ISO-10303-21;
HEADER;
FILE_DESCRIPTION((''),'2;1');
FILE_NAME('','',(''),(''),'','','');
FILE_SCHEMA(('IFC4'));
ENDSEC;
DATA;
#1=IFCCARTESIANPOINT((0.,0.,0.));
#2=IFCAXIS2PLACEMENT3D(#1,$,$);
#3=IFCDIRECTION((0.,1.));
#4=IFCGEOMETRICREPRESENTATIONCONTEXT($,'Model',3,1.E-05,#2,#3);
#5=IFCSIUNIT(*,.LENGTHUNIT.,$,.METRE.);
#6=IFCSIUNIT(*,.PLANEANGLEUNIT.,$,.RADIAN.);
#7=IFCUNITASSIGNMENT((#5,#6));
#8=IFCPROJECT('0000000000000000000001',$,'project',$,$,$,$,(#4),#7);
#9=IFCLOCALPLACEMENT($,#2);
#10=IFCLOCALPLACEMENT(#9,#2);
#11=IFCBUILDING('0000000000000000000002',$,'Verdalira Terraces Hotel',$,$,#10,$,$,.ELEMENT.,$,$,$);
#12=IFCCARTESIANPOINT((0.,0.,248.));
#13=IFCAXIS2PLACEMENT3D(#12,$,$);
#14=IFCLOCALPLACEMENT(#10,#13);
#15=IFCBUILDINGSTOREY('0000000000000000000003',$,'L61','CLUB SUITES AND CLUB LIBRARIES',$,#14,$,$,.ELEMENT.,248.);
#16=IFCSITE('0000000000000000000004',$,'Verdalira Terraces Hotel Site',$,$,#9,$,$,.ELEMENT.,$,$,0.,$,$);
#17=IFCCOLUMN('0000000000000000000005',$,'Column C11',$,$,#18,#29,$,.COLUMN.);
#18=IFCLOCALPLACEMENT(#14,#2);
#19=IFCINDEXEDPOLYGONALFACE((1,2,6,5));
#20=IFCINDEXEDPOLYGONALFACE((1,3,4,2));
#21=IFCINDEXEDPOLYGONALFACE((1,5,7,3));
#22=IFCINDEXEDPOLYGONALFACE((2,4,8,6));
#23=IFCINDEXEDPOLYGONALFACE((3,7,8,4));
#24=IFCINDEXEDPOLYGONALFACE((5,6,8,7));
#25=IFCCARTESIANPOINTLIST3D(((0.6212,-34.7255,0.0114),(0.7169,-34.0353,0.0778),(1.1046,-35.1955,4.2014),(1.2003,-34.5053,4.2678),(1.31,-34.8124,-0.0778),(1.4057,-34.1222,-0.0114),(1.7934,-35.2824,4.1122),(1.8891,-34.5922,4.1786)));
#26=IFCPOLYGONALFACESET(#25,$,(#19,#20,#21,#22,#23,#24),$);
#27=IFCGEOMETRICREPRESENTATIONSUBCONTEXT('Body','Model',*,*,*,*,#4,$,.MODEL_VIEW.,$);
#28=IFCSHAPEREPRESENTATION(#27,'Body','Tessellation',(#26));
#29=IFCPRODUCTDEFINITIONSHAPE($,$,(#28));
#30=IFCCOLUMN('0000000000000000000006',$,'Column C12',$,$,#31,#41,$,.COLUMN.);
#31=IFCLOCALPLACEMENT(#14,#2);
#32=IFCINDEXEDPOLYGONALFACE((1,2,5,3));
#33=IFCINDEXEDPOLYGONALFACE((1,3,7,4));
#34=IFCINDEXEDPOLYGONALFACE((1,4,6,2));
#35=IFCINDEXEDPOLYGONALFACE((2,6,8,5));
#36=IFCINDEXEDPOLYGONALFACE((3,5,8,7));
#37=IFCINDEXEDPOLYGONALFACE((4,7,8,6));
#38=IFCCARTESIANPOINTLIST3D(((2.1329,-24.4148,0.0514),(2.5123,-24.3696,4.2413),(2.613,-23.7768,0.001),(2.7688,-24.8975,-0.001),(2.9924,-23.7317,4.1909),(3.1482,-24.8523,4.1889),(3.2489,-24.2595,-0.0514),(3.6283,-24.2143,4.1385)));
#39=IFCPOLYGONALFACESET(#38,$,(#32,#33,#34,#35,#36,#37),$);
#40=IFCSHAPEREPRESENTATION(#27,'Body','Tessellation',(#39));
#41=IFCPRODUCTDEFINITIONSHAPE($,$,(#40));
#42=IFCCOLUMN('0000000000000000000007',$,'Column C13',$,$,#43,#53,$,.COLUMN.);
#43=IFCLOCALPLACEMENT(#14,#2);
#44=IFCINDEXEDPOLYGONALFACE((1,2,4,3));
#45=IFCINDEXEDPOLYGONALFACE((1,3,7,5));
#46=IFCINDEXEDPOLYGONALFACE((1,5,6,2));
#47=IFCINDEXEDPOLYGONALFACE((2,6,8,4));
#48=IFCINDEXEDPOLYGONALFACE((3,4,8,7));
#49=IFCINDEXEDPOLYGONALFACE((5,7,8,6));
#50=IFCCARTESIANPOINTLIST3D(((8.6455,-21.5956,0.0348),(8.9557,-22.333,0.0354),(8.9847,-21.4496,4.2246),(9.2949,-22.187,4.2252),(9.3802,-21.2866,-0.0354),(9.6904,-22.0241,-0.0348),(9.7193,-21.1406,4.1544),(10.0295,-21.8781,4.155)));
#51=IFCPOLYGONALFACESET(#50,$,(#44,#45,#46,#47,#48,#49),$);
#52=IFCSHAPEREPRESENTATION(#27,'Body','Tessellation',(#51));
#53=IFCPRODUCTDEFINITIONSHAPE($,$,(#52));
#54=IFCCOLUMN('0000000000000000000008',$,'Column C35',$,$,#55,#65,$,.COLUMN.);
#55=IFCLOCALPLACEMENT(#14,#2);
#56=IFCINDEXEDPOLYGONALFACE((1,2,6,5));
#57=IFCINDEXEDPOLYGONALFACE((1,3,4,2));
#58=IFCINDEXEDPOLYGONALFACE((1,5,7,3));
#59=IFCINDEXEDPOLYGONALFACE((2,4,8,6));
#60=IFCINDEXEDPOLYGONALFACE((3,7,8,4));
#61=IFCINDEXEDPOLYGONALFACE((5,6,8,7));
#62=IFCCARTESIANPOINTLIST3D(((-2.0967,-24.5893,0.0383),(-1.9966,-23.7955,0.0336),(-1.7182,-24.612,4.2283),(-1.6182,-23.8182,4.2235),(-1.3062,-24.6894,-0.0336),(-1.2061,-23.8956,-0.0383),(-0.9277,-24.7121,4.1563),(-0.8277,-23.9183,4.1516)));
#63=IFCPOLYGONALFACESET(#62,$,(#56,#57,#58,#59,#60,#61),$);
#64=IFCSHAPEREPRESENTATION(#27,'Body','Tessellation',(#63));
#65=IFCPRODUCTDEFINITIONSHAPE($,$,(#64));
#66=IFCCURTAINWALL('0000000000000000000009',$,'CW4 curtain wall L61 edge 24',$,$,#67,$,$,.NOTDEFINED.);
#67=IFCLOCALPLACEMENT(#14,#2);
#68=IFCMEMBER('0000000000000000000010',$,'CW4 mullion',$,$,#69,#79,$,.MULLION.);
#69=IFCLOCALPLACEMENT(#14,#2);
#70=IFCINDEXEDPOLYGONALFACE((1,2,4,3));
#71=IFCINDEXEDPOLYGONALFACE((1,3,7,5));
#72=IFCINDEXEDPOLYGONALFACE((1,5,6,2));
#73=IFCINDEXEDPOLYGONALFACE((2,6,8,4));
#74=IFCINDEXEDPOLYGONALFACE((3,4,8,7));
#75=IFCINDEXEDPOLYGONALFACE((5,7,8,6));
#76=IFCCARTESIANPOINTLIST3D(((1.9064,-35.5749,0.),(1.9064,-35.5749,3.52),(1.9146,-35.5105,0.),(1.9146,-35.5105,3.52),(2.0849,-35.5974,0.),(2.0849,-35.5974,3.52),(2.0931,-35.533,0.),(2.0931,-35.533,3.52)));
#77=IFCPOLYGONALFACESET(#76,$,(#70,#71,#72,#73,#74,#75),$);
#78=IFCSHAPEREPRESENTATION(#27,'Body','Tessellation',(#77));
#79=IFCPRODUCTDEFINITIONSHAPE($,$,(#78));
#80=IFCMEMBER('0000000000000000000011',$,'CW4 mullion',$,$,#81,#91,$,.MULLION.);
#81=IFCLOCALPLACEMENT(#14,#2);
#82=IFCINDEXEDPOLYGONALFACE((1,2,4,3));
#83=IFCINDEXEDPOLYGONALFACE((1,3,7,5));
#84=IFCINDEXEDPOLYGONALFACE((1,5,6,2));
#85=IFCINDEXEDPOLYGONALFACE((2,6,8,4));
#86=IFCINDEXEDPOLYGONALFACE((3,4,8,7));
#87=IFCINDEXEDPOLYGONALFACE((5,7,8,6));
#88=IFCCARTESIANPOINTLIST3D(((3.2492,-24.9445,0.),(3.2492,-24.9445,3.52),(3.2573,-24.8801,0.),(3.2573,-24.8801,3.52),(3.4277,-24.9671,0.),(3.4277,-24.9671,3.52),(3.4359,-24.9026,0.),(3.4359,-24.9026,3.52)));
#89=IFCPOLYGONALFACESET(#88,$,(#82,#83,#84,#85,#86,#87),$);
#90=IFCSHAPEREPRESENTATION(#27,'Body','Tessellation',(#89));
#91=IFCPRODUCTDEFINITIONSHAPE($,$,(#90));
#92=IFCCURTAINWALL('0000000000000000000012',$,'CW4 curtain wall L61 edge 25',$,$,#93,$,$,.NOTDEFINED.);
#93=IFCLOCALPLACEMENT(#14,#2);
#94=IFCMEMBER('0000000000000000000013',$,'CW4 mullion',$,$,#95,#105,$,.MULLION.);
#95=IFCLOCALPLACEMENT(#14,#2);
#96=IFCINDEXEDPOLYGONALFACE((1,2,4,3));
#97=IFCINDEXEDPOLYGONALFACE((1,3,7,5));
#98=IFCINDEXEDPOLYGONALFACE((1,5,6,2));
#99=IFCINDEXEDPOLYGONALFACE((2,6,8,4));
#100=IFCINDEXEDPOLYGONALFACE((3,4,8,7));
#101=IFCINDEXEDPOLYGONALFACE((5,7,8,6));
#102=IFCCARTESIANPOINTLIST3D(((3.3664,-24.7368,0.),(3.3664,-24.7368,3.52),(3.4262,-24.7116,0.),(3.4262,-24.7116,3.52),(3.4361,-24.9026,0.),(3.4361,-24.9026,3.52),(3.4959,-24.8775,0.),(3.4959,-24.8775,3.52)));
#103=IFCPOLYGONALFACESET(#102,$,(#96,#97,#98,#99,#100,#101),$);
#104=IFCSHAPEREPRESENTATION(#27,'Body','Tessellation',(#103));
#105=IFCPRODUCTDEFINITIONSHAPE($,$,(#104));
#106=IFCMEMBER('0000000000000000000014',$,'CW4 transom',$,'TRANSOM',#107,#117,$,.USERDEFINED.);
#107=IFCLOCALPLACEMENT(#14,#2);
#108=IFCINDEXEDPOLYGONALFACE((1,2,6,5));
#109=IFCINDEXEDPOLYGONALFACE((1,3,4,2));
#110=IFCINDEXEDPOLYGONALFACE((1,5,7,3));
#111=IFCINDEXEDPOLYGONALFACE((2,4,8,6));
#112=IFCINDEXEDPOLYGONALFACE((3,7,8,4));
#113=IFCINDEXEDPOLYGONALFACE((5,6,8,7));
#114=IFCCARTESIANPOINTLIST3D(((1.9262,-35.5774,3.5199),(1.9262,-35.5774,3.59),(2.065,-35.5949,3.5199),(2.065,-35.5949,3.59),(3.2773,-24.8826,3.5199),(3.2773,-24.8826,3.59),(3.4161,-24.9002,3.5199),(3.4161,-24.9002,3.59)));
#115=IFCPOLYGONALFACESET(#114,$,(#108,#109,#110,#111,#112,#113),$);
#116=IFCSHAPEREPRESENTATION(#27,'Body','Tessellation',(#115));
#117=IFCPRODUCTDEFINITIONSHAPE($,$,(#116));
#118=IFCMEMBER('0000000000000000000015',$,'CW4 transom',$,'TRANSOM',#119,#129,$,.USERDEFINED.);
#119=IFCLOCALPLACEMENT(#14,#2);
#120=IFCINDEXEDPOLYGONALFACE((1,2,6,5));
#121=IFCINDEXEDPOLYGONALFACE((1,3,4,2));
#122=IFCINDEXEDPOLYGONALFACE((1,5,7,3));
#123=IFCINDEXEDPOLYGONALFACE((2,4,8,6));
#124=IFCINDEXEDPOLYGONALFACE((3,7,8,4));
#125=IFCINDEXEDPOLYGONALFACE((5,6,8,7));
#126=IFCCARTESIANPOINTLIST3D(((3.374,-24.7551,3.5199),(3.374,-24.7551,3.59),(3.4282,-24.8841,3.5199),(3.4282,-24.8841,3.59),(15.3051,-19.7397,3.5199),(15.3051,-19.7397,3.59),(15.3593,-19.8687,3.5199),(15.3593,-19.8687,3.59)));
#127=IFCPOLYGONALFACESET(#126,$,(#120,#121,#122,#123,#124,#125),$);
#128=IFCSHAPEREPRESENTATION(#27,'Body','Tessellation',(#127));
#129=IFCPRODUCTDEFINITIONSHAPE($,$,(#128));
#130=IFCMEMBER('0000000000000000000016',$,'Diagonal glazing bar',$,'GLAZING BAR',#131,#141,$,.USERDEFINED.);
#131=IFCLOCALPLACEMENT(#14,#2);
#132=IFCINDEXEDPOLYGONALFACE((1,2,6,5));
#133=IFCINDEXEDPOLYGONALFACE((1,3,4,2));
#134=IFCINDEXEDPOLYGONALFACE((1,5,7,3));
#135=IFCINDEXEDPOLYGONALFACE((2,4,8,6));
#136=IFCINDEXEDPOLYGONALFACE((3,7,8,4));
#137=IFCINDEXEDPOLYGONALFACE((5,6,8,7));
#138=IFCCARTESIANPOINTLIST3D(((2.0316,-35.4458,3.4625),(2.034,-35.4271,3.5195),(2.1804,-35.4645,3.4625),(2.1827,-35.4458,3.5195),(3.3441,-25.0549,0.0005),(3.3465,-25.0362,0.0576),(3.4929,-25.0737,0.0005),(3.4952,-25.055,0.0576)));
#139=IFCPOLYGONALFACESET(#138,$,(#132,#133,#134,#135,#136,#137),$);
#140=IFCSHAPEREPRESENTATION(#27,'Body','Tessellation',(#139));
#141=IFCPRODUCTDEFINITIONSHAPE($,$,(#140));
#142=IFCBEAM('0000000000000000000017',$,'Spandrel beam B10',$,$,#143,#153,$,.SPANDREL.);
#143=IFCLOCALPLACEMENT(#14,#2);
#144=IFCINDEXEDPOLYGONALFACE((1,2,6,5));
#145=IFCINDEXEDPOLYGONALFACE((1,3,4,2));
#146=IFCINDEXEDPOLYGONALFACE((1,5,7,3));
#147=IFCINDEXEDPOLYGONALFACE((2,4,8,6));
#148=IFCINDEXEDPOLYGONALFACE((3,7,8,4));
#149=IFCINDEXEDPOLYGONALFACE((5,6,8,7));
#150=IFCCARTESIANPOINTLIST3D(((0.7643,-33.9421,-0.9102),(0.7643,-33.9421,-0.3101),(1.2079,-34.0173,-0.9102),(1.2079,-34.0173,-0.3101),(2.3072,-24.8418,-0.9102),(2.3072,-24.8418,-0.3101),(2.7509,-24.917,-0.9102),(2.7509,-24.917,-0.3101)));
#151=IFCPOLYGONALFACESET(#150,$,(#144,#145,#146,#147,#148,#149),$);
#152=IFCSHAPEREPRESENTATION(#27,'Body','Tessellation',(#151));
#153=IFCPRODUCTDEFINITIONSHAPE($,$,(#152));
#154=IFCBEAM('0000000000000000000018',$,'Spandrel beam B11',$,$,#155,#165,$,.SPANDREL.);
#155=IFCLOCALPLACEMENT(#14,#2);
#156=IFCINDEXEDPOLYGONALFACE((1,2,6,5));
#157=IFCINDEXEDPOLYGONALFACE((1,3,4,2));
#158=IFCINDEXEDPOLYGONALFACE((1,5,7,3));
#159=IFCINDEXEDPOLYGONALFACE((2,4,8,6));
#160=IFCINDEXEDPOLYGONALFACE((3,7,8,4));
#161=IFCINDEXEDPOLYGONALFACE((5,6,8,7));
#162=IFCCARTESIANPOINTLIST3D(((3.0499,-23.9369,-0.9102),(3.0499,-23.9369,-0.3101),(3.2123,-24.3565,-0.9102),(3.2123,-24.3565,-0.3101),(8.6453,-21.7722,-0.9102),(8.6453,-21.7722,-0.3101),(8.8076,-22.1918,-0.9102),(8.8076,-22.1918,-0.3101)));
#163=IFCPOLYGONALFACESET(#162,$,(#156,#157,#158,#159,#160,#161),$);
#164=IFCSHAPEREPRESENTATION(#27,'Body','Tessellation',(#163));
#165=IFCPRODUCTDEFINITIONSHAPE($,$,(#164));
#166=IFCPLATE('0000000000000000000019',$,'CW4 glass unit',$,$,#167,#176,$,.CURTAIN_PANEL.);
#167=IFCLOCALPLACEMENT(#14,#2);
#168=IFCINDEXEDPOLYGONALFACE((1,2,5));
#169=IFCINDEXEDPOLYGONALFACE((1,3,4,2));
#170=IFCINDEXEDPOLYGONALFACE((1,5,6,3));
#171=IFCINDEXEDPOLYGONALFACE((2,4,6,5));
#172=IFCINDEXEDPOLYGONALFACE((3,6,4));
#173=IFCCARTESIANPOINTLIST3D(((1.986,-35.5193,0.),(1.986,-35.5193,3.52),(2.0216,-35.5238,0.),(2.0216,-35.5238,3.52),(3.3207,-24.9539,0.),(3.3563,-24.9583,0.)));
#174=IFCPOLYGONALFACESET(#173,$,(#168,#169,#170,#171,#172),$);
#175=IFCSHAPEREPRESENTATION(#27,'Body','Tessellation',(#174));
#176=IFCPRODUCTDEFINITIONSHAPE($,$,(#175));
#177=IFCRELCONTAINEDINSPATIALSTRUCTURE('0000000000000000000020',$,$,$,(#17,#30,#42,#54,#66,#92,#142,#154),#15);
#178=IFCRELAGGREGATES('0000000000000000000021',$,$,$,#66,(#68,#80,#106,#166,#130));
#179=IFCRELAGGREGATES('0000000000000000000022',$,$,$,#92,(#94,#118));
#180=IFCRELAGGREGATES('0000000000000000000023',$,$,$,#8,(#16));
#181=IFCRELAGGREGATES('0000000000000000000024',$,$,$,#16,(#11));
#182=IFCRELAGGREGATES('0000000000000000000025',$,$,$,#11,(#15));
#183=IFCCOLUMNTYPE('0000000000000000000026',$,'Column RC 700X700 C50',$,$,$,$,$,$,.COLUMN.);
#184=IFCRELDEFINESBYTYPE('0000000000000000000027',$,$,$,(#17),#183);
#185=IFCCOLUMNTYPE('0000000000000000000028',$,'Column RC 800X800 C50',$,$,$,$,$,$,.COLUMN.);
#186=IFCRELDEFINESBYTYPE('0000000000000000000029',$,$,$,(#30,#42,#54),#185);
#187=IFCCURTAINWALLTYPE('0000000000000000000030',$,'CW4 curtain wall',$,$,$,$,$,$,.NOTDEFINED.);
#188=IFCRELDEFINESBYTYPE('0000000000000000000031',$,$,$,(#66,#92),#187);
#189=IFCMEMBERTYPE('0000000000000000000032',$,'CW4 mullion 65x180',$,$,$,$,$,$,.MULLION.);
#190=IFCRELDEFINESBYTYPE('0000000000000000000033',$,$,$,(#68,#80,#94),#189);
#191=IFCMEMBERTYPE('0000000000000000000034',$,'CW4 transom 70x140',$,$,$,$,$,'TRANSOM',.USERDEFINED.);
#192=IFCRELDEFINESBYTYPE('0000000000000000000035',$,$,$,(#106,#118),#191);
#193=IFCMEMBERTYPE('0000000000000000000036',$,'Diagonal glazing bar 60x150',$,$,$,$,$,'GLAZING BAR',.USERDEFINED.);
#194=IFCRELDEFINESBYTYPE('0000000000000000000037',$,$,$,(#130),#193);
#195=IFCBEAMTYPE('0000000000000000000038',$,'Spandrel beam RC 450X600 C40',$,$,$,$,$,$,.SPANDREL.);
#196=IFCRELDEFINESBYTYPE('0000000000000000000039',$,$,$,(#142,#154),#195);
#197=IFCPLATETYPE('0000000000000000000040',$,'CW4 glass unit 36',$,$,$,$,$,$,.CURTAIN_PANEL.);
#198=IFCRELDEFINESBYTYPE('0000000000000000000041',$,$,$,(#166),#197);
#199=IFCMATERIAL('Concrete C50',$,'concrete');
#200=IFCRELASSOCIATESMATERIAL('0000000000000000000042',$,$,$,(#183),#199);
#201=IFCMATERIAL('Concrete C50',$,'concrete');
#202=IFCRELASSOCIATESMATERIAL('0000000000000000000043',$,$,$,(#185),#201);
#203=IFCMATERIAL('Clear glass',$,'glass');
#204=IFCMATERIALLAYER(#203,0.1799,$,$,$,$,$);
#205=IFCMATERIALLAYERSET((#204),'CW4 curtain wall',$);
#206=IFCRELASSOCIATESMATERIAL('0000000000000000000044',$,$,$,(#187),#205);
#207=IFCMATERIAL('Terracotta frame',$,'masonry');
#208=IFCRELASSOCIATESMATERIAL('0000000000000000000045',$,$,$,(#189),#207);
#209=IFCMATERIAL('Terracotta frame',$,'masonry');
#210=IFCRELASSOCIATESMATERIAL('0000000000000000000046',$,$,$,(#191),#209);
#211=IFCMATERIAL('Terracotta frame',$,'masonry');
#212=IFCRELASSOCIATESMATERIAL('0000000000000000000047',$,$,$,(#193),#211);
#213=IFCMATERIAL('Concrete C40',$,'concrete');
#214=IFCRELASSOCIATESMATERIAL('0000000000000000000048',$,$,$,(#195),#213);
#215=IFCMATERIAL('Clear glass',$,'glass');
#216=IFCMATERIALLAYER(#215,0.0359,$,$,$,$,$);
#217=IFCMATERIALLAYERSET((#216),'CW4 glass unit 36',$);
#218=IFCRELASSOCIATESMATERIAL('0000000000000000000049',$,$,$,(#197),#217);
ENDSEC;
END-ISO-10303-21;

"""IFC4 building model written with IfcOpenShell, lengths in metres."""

from ifc_helpers import new_model, si_unit, direction, frame, origin, origin_2d, place, context, subcontext, project, spatial, polyline, rectangle, outline, extrude, material, layer, layer_set, material_profile, profile_set, type_object, element, aggregate, save


model = new_model("IFC4")

# Units and contexts
model_context = context("Model", 3, precision=1e-05, world=origin(), true_north=direction((0.0, 1.0)))
body_context = subcontext(model_context, "Body", "Model", "MODEL_VIEW")
ifc_project = project(units=[si_unit("LENGTHUNIT", "METRE"), si_unit("PLANEANGLEUNIT", "RADIAN")], contexts=[model_context])

# Site, building, storey
site_placement = place(None, origin())
site = spatial("IfcSite", under=ifc_project, at=site_placement, Name="Verdalira Terraces Hotel Site", CompositionType="ELEMENT", RefElevation=0.0)
building_placement = place(site_placement, origin())
building = spatial("IfcBuilding", under=site, at=building_placement, Name="Verdalira Terraces Hotel", CompositionType="ELEMENT")
storey_placement = place(building_placement, frame((0.0, 0.0, 248.0)))
storey = spatial("IfcBuildingStorey", under=building, at=storey_placement, Name="L61", Description="CLUB SUITES AND CLUB LIBRARIES", CompositionType="ELEMENT", Elevation=248.0)

# Columns
ifc_material_1 = material(Name="Concrete C50", Category="concrete")
ifc_material_profile_1 = material_profile(ifc_material_1, rectangle(XDim=0.7, YDim=0.7, at=origin_2d()), Name="RC 700X700")
ifc_profile_set_1 = profile_set([ifc_material_profile_1], Name="Concrete C50")
column_type_1 = type_object("IfcColumnType", Name="Column RC 700X700 C50", PredefinedType="COLUMN", material=ifc_profile_set_1)
column_1_placement = place(storey_placement, frame((1.0134, -34.4238, 0.0), z_axis=(0.113906, -0.110742, 0.9873), x_axis=(0.13669, 0.986064, 0.094833)))
element("IfcColumn", 1, at=column_1_placement, inside=storey, type_object=column_type_1, Name="Column C11", PredefinedType="COLUMN", context=body_context, shape_type="SweptSolid", body=[
    extrude(rectangle(XDim=0.7, YDim=0.7, at=origin_2d()), origin(), (0.0, 0.0, 1.0), 4.2439),
])
ifc_material_2 = material(Name="Concrete C50", Category="concrete")
ifc_material_profile_2 = material_profile(ifc_material_2, rectangle(XDim=0.8, YDim=0.8, at=origin_2d()), Name="RC 800X800")
ifc_profile_set_2 = profile_set([ifc_material_profile_2], Name="Concrete C50")
column_type_2 = type_object("IfcColumnType", Name="Column RC 800X800 C50", PredefinedType="COLUMN", material=ifc_profile_set_2)
column_2_placement = place(storey_placement, frame((2.6909, -24.3372, 0.0), z_axis=(0.090175, 0.010735, 0.995868), x_axis=(-0.600116, -0.797434, 0.062936)))
element("IfcColumn", 2, at=column_2_placement, inside=storey, type_object=column_type_2, Name="Column C12", PredefinedType="COLUMN", context=body_context, shape_type="SweptSolid", body=[
    extrude(rectangle(XDim=0.8, YDim=0.8, at=origin_2d()), origin(), (0.0, 0.0, 1.0), 4.2073),
])
column_3_placement = place(storey_placement, frame((9.168, -21.8098, 0.0), z_axis=(0.080622, 0.03471, 0.99614), x_axis=(0.918242, 0.38617, -0.087773)))
element("IfcColumn", 3, at=column_3_placement, inside=storey, type_object=column_type_2, Name="Column C13", PredefinedType="COLUMN", context=body_context, shape_type="SweptSolid", body=[
    extrude(rectangle(XDim=0.8, YDim=0.8, at=origin_2d()), origin(), (0.0, 0.0, 1.0), 4.2061),
])
column_4_placement = place(storey_placement, frame((-1.6514, -24.2424, 0.0), z_axis=(0.089948, -0.005397, 0.995932), x_axis=(-0.125089, -0.992128, 0.005921)))
element("IfcColumn", 4, at=column_4_placement, inside=storey, type_object=column_type_2, Name="Column C35", PredefinedType="COLUMN", context=body_context, shape_type="SweptSolid", body=[
    extrude(rectangle(XDim=0.8, YDim=0.8, at=origin_2d()), origin(), (0.0, 0.0, 1.0), 4.207),
])

# Curtain wall, members
ifc_material_3 = material(Name="Clear glass", Category="glass")
ifc_layer_1 = layer(ifc_material_3, 0.1799)
ifc_layer_set_1 = layer_set([ifc_layer_1], Name="CW4 curtain wall")
curtain_wall_type = type_object("IfcCurtainWallType", Name="CW4 curtain wall", PredefinedType="NOTDEFINED", material=ifc_layer_set_1)
curtain_wall_1_placement = place(storey_placement, origin())
curtain_wall_1 = element("IfcCurtainWall", 5, at=curtain_wall_1_placement, inside=storey, type_object=curtain_wall_type, Name="CW4 curtain wall L61 edge 24", PredefinedType="NOTDEFINED")
ifc_material_4 = material(Name="Terracotta frame", Category="masonry")
ifc_material_profile_3 = material_profile(ifc_material_4, rectangle(XDim=0.0649, YDim=0.1799, at=origin_2d()), Name="MU 65x180")
ifc_profile_set_3 = profile_set([ifc_material_profile_3], Name="Terracotta frame")
member_type_1 = type_object("IfcMemberType", Name="CW4 mullion 65x180", PredefinedType="MULLION", material=ifc_profile_set_3)
member_1_placement = place(storey_placement, frame((1.9998, -35.554, 0.0), z_axis=(0.0, 0.0, 1.0), x_axis=(0.125333, 0.992115, 0.0)))
member_1 = element("IfcMember", 6, at=member_1_placement, type_object=member_type_1, Name="CW4 mullion", PredefinedType="MULLION", context=body_context, shape_type="SweptSolid", body=[
    extrude(rectangle(XDim=0.0649, YDim=0.1799, at=origin_2d()), origin(), (0.0, 0.0, 1.0), 3.52),
])
member_2_placement = place(storey_placement, frame((3.3425, -24.9236, 0.0), z_axis=(0.0, 0.0, 1.0), x_axis=(0.125333, 0.992115, 0.0)))
member_2 = element("IfcMember", 7, at=member_2_placement, type_object=member_type_1, Name="CW4 mullion", PredefinedType="MULLION", context=body_context, shape_type="SweptSolid", body=[
    extrude(rectangle(XDim=0.0649, YDim=0.1799, at=origin_2d()), origin(), (0.0, 0.0, 1.0), 3.52),
])

# Curtain wall, member
curtain_wall_2_placement = place(storey_placement, origin())
curtain_wall_2 = element("IfcCurtainWall", 8, at=curtain_wall_2_placement, inside=storey, type_object=curtain_wall_type, Name="CW4 curtain wall L61 edge 25", PredefinedType="NOTDEFINED")
member_3_placement = place(storey_placement, frame((3.4312, -24.8071, 0.0), z_axis=(0.0, 0.0, 1.0), x_axis=(0.921863, 0.387516, 0.0)))
member_3 = element("IfcMember", 9, at=member_3_placement, type_object=member_type_1, Name="CW4 mullion", PredefinedType="MULLION", context=body_context, shape_type="SweptSolid", body=[
    extrude(rectangle(XDim=0.0649, YDim=0.1799, at=origin_2d()), origin(), (0.0, 0.0, 1.0), 3.52),
])

# Members
ifc_material_5 = material(Name="Terracotta frame", Category="masonry")
ifc_material_profile_4 = material_profile(ifc_material_5, rectangle(XDim=0.1399, YDim=0.0701, at=origin_2d()), Name="TR 70x140")
ifc_profile_set_4 = profile_set([ifc_material_profile_4], Name="Terracotta frame")
member_type_2 = type_object("IfcMemberType", Name="CW4 transom 70x140", ElementType="TRANSOM", PredefinedType="USERDEFINED", material=ifc_profile_set_4)
member_4_placement = place(storey_placement, frame((1.9956, -35.5862, 3.5549), z_axis=(0.125334, 0.992115, 0.0), x_axis=(-0.992115, 0.125334, 0.0)))
member_4 = element("IfcMember", 10, at=member_4_placement, type_object=member_type_2, Name="CW4 transom", ObjectType="TRANSOM", PredefinedType="USERDEFINED", context=body_context, shape_type="SweptSolid", body=[
    extrude(rectangle(XDim=0.1399, YDim=0.0701, at=origin_2d()), origin(), (0.0, 0.0, 1.0), 10.7798),
])
member_5_placement = place(storey_placement, frame((3.4011, -24.8196, 3.5549), z_axis=(0.921864, 0.387515, 0.0), x_axis=(-0.387515, 0.921864, 0.0)))
member_5 = element("IfcMember", 11, at=member_5_placement, type_object=member_type_2, Name="CW4 transom", ObjectType="TRANSOM", PredefinedType="USERDEFINED", context=body_context, shape_type="SweptSolid", body=[
    extrude(rectangle(XDim=0.1399, YDim=0.0701, at=origin_2d()), origin(), (0.0, 0.0, 1.0), 12.9424),
])
ifc_material_6 = material(Name="Terracotta frame", Category="masonry")
ifc_material_profile_5 = material_profile(ifc_material_6, rectangle(XDim=0.1499, YDim=0.0601, at=origin_2d()), Name="GB 60x150")
ifc_profile_set_5 = profile_set([ifc_material_profile_5], Name="Terracotta frame")
member_type_3 = type_object("IfcMemberType", Name="Diagonal glazing bar 60x150", ElementType="GLAZING BAR", PredefinedType="USERDEFINED", material=ifc_profile_set_5)
member_6_placement = place(storey_placement, frame((2.1072, -35.4458, 3.491), z_axis=(0.118985, 0.94199, -0.313842), x_axis=(-0.992117, 0.125317, 0.0)))
member_6 = element("IfcMember", 12, at=member_6_placement, type_object=member_type_3, Name="Diagonal glazing bar", ObjectType="GLAZING BAR", PredefinedType="USERDEFINED", context=body_context, shape_type="SweptSolid", body=[
    extrude(rectangle(XDim=0.1499, YDim=0.0601, at=origin_2d()), origin(), (0.0, 0.0, 1.0), 11.0308),
])

# Beams
ifc_material_7 = material(Name="Concrete C40", Category="concrete")
ifc_material_profile_6 = material_profile(ifc_material_7, rectangle(XDim=0.45, YDim=0.6001, at=origin_2d()), Name="RC 450X600")
ifc_profile_set_6 = profile_set([ifc_material_profile_6], Name="Concrete C40")
beam_type = type_object("IfcBeamType", Name="Spandrel beam RC 450X600 C40", PredefinedType="SPANDREL", material=ifc_profile_set_6)
beam_1_placement = place(storey_placement, frame((0.9861, -33.9797, -0.6101), z_axis=(0.167165, 0.985929, 0.0), x_axis=(-0.985929, 0.167165, 0.0)))
element("IfcBeam", 13, at=beam_1_placement, inside=storey, type_object=beam_type, Name="Spandrel beam B10", PredefinedType="SPANDREL", context=body_context, shape_type="SweptSolid", body=[
    extrude(rectangle(XDim=0.45, YDim=0.6001, at=origin_2d()), origin(), (0.0, 0.0, 1.0), 9.2302),
])
beam_2_placement = place(storey_placement, frame((3.1311, -24.1467, -0.6101), z_axis=(0.932635, 0.360822, 0.0), x_axis=(-0.360822, 0.932635, 0.0)))
element("IfcBeam", 14, at=beam_2_placement, inside=storey, type_object=beam_type, Name="Spandrel beam B11", PredefinedType="SPANDREL", context=body_context, shape_type="SweptSolid", body=[
    extrude(rectangle(XDim=0.45, YDim=0.6001, at=origin_2d()), origin(), (0.0, 0.0, 1.0), 5.9995),
])

# Plate
ifc_material_8 = material(Name="Clear glass", Category="glass")
ifc_layer_2 = layer(ifc_material_8, 0.0359)
ifc_layer_set_2 = layer_set([ifc_layer_2], Name="CW4 glass unit 36")
plate_type = type_object("IfcPlateType", Name="CW4 glass unit 36", PredefinedType="CURTAIN_PANEL", material=ifc_layer_set_2)
plate_1_placement = place(storey_placement, frame((2.6533, -30.2366, 1.76), z_axis=(0.992115, -0.125333, 0.0), x_axis=(0.125333, 0.992115, 0.0)))
plate_1 = element("IfcPlate", 15, at=plate_1_placement, type_object=plate_type, Name="CW4 glass unit", PredefinedType="CURTAIN_PANEL", context=body_context, shape_type="SweptSolid", body=[
    extrude(outline(polyline([(-5.3247, -1.76), (5.3247, -1.76), (-5.3247, 1.76), (-5.3247, -1.76)])), origin(), (0.0, 0.0, 1.0), 0.0359),
])
aggregate(curtain_wall_1, [member_1, member_2, member_4, plate_1, member_6])
aggregate(curtain_wall_2, [member_3, member_5])

save(model, "model.ifc")
